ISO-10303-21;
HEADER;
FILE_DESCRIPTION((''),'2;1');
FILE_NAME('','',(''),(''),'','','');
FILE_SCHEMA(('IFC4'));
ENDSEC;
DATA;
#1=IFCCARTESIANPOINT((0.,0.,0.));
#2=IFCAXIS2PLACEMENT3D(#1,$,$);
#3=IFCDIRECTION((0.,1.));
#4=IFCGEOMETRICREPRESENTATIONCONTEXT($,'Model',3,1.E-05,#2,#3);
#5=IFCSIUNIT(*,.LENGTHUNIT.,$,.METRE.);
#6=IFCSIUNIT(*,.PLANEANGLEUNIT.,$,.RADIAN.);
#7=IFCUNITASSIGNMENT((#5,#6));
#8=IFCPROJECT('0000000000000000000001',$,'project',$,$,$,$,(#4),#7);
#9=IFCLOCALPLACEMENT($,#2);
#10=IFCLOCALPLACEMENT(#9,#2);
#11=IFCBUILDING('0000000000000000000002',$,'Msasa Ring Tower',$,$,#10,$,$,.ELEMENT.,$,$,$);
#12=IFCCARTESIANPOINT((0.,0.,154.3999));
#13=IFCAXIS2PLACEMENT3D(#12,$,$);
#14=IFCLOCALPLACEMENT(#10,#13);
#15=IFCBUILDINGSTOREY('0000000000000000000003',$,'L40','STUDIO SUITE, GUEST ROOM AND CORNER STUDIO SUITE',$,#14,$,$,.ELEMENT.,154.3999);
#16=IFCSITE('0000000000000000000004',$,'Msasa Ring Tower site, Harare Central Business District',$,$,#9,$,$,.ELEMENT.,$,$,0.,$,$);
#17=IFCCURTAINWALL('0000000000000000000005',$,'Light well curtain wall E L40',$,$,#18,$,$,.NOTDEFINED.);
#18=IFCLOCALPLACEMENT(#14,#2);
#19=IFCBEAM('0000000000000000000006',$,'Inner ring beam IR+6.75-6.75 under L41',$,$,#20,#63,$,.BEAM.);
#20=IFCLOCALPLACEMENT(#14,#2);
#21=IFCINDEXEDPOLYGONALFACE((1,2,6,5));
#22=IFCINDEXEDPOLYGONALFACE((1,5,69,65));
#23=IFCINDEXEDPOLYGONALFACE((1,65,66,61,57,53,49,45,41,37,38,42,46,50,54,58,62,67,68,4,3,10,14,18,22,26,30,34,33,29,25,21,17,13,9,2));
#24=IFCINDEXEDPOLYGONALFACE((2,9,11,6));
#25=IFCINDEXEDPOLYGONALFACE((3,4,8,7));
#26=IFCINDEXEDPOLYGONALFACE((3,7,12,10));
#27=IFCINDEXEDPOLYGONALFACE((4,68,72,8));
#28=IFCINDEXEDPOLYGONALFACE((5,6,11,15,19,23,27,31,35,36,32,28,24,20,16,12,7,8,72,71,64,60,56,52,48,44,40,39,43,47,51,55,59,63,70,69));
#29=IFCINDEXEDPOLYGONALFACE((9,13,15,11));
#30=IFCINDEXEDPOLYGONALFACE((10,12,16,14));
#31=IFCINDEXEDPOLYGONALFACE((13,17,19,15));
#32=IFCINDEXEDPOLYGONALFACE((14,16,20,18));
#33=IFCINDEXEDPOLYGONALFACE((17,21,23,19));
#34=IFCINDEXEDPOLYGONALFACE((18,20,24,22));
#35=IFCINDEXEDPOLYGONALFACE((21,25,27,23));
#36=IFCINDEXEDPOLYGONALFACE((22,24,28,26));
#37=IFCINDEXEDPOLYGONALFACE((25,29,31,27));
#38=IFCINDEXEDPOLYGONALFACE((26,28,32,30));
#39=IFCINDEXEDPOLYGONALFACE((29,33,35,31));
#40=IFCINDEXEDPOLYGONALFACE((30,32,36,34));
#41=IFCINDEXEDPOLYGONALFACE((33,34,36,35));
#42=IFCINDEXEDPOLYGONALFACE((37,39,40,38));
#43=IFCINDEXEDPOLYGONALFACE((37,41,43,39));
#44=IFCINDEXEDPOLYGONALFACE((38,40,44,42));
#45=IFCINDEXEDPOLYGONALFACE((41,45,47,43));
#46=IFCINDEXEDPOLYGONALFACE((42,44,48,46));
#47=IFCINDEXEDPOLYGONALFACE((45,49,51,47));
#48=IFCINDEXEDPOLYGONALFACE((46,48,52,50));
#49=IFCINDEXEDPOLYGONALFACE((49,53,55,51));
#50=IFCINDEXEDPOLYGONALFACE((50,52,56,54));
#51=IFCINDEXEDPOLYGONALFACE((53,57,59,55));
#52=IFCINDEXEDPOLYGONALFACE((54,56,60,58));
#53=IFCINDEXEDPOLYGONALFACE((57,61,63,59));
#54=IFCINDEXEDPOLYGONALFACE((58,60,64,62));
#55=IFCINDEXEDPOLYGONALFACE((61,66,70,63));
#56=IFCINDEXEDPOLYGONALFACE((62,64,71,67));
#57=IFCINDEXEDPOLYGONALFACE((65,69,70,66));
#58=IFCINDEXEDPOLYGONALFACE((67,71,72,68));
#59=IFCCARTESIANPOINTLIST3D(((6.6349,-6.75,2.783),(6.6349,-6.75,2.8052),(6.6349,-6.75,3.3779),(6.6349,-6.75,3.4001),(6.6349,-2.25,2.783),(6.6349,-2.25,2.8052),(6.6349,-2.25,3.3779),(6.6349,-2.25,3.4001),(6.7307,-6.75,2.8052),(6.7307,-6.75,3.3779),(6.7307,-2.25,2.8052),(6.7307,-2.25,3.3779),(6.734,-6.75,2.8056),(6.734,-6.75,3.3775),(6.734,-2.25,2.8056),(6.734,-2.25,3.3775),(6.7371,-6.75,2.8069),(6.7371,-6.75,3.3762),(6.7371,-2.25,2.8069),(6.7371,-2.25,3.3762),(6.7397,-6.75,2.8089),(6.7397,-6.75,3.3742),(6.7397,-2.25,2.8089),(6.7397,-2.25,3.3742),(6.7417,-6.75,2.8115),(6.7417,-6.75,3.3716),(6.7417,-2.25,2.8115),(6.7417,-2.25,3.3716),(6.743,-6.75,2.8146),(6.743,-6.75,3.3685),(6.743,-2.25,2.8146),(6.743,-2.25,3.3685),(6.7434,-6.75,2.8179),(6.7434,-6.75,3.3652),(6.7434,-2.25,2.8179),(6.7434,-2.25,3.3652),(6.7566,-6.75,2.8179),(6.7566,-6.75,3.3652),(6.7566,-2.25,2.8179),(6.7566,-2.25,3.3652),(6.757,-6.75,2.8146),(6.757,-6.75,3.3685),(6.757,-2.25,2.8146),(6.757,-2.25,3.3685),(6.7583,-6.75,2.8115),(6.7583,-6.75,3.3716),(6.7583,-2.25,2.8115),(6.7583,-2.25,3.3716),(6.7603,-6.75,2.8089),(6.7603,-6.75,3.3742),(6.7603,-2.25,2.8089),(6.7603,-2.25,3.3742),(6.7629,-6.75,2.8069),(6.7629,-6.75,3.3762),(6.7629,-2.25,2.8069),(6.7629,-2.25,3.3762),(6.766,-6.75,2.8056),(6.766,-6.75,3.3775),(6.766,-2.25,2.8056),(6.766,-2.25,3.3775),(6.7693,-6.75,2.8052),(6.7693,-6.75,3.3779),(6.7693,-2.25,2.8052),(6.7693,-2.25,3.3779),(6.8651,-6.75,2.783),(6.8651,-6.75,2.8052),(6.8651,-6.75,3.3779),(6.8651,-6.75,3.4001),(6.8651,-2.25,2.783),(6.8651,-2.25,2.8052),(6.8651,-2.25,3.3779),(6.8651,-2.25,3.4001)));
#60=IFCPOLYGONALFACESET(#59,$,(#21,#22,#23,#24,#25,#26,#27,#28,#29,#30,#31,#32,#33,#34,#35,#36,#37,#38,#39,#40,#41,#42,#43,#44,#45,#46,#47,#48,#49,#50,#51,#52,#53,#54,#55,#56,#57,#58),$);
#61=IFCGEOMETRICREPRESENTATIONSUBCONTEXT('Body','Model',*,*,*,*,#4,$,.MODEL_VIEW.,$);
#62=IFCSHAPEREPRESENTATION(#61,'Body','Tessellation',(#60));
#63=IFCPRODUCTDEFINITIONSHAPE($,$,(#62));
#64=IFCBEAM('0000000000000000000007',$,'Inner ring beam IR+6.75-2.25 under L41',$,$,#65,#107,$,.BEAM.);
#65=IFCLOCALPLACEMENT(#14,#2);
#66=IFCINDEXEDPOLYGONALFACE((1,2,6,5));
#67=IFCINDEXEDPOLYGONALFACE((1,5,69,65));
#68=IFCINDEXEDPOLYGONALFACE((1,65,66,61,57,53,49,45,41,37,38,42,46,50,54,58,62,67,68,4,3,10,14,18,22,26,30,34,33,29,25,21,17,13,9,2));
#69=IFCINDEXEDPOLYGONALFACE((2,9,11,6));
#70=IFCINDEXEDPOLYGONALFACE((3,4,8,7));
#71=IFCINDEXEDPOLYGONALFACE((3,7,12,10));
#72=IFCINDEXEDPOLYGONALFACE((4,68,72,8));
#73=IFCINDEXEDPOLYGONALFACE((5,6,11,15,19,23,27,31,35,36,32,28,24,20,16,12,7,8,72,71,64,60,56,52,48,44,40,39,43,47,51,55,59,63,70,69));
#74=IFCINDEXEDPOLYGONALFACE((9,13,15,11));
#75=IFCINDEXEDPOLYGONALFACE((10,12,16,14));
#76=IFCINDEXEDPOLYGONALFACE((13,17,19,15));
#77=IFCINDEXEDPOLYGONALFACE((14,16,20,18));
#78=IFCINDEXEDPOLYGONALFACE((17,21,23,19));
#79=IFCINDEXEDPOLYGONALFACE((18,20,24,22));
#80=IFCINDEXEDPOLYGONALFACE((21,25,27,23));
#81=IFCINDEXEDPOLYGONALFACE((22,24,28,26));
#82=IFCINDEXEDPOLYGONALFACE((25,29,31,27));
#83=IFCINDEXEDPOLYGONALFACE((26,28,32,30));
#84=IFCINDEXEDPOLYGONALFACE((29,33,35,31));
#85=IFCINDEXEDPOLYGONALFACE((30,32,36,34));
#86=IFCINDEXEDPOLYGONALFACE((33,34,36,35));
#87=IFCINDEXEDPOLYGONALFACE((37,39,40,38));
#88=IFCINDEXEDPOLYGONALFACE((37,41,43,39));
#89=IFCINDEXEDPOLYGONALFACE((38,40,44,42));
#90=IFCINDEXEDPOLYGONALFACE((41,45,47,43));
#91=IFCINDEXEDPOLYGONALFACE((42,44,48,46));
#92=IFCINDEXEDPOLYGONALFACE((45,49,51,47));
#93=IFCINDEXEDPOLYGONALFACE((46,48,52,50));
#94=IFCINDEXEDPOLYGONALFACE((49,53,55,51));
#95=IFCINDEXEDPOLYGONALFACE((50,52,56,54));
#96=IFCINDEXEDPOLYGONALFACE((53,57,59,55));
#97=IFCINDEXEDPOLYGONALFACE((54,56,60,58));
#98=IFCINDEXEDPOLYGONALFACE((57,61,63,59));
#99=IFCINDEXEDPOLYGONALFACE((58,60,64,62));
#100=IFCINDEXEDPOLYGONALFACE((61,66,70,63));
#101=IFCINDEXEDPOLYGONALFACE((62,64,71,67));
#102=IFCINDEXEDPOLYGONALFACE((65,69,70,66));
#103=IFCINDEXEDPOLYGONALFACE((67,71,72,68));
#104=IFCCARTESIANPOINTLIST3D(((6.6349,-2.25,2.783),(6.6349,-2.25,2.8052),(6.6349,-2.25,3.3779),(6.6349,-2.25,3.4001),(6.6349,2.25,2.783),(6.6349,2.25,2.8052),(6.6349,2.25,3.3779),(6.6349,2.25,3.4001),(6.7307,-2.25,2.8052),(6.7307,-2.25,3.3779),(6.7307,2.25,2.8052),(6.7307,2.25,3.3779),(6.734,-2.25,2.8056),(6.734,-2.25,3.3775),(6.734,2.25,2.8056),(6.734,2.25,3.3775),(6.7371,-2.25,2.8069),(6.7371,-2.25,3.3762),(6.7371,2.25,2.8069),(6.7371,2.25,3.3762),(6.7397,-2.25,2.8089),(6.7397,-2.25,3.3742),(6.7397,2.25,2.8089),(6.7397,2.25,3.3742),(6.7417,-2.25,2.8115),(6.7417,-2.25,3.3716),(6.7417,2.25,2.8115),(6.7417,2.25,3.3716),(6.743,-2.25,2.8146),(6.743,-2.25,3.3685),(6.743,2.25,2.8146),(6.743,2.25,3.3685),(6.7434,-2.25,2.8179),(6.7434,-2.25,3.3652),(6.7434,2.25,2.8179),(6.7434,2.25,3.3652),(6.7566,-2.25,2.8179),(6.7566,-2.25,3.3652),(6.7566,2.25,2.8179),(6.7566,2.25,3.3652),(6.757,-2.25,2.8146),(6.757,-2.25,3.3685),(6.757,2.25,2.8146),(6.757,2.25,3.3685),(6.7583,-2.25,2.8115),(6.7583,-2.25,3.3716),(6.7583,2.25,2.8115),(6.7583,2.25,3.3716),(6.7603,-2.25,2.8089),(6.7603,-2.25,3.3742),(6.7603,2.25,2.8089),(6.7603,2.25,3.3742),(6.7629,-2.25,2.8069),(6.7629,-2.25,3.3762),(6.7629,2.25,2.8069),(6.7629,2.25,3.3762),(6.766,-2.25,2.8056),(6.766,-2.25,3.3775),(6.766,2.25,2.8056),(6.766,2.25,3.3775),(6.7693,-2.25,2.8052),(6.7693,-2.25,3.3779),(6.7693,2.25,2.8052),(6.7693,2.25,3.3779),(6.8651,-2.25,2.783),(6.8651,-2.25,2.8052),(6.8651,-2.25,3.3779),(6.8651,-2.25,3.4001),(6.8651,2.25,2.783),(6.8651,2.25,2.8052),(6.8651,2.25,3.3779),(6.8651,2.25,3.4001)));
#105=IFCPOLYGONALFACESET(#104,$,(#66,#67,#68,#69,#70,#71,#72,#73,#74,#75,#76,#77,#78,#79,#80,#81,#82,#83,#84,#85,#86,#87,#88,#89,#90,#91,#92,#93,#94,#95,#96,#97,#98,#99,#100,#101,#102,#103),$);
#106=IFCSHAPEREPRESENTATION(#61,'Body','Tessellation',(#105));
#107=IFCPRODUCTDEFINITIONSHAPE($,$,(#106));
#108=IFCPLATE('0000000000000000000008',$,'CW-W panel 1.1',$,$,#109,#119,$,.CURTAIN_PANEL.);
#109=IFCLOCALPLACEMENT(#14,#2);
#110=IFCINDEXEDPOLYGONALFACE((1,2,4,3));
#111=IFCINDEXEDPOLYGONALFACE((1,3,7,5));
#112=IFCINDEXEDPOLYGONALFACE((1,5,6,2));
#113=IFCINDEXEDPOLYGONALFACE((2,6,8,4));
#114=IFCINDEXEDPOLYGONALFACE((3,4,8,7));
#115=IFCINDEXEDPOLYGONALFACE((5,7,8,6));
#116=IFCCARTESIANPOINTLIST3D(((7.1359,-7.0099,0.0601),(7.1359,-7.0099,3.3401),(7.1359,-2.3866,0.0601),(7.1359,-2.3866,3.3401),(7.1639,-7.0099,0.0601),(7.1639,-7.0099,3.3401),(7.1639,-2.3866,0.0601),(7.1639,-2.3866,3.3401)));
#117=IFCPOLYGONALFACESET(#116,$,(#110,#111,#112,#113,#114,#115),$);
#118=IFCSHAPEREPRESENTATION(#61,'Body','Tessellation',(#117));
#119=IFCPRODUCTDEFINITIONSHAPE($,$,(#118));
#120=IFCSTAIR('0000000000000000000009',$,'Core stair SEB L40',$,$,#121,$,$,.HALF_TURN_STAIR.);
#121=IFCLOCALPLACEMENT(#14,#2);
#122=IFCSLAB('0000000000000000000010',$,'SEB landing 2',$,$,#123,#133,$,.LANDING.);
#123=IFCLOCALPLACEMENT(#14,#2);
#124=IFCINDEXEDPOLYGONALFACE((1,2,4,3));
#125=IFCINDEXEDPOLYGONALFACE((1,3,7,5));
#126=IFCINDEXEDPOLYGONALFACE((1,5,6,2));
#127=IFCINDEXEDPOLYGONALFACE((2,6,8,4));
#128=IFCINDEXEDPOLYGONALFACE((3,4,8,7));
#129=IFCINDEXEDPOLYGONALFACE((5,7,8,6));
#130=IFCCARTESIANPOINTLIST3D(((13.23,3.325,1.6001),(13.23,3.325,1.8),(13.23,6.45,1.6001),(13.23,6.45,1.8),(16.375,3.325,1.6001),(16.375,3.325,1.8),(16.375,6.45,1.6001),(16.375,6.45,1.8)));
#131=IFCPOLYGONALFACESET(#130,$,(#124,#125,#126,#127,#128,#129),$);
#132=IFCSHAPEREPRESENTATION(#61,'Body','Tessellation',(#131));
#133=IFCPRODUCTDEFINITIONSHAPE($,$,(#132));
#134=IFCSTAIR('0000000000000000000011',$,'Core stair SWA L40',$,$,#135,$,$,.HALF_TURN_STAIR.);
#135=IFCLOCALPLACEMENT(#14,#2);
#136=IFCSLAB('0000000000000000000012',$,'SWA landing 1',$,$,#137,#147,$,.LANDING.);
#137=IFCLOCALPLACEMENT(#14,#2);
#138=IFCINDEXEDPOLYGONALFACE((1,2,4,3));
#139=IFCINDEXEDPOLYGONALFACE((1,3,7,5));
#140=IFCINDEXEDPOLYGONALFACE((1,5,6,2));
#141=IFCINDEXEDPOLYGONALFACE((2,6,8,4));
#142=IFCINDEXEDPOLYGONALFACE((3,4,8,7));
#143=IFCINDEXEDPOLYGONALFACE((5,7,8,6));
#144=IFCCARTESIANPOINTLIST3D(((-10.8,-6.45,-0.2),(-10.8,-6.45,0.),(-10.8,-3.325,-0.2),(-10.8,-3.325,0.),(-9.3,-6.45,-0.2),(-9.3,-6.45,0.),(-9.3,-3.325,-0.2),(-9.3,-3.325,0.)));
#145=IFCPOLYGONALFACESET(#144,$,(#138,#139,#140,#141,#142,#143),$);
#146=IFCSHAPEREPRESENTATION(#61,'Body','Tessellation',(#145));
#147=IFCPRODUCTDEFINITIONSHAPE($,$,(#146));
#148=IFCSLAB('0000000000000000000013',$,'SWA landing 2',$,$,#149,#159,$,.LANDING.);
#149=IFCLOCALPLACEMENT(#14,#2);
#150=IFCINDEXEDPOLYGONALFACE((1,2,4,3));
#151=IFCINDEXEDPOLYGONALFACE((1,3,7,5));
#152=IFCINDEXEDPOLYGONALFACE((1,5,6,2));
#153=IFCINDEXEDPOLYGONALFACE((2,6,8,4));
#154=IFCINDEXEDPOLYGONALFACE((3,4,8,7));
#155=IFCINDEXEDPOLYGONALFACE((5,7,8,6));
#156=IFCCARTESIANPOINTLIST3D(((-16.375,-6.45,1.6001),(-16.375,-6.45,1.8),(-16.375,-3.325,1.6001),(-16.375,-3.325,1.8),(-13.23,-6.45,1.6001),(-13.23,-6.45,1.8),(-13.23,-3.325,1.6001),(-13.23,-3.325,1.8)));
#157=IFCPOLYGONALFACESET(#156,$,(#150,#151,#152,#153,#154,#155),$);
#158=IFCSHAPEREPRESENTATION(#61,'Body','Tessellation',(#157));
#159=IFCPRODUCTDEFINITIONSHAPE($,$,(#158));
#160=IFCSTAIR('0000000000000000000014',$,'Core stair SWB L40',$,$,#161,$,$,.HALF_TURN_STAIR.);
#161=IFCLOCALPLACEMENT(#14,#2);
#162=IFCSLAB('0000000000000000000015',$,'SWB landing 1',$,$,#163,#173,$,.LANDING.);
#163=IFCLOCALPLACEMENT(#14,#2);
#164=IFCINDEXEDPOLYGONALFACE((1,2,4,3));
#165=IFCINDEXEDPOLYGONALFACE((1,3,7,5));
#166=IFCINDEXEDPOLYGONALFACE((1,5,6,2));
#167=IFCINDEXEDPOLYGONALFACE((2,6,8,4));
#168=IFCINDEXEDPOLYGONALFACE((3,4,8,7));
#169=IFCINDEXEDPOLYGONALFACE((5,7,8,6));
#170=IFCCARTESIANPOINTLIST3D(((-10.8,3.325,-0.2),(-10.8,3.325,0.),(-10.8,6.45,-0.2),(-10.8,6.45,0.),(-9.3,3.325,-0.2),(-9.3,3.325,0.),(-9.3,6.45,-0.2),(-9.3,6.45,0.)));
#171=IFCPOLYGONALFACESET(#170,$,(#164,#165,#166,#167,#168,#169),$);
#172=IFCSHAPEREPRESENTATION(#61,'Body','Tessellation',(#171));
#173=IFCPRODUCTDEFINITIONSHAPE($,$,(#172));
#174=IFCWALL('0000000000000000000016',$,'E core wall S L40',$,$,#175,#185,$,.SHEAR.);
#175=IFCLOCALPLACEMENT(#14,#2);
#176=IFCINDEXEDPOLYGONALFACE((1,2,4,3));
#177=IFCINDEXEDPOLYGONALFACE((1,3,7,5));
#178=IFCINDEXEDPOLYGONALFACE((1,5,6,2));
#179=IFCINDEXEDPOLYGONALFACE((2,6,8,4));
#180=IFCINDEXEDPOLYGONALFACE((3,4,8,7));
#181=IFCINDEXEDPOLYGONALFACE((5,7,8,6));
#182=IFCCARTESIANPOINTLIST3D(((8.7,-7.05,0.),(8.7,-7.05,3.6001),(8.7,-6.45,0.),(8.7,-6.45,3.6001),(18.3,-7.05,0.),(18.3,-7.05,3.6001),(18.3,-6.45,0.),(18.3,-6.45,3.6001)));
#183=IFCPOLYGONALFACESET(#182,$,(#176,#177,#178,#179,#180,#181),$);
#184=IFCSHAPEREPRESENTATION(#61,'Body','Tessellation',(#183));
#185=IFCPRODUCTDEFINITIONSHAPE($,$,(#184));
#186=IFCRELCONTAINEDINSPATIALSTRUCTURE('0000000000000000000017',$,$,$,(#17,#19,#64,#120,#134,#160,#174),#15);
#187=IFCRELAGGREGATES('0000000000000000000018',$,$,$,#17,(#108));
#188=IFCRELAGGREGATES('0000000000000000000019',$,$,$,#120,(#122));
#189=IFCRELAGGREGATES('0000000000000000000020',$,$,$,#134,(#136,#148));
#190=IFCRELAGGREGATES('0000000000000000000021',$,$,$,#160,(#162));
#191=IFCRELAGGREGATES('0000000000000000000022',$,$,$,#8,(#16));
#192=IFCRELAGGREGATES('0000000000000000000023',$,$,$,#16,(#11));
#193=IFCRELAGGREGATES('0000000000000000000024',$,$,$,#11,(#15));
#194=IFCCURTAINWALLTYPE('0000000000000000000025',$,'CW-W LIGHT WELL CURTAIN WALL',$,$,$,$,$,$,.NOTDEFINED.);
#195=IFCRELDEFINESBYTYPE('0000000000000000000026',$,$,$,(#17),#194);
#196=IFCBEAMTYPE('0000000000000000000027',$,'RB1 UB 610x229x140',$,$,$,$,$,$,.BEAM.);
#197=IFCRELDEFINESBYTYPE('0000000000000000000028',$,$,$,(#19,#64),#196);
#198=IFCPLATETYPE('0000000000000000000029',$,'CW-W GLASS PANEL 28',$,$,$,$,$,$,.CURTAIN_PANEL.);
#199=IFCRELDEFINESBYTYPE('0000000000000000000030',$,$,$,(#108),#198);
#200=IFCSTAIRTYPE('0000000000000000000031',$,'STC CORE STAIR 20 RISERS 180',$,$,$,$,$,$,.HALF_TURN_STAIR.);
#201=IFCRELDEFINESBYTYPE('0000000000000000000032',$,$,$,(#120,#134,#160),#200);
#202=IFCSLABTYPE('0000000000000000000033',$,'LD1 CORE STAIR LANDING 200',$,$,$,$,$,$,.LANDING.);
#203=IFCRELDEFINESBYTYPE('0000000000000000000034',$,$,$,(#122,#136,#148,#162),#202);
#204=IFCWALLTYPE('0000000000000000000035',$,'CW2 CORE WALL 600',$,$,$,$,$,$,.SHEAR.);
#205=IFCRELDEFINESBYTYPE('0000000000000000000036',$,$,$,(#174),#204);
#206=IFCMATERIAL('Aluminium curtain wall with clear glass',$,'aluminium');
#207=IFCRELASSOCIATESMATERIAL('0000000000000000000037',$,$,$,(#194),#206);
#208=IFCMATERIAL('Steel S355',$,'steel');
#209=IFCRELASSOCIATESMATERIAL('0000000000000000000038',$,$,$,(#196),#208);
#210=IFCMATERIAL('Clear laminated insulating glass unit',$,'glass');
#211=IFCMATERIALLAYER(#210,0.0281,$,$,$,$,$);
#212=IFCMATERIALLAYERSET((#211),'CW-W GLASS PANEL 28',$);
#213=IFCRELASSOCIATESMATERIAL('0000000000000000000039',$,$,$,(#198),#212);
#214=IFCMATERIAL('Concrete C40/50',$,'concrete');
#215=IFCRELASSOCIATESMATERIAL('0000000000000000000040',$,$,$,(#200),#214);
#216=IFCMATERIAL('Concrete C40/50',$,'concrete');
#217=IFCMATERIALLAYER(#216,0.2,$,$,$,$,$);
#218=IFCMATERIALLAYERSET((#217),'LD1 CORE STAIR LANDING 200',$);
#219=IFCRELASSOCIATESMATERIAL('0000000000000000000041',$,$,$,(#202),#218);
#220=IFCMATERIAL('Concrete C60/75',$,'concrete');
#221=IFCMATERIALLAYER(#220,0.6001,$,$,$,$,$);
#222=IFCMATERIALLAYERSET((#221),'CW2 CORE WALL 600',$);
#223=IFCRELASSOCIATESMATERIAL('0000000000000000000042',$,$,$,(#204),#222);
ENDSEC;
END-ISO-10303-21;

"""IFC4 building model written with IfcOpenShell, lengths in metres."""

from ifc_helpers import new_model, si_unit, direction, frame, frame_2d, origin, origin_2d, place, context, subcontext, project, spatial, polyline, rectangle, i_section, outline, extrude, material, layer, layer_set, material_profile, profile_set, type_object, element, aggregate, save


model = new_model("IFC4")

# Units and contexts
model_context = context("Model", 3, precision=1e-05, world=origin(), true_north=direction((0.0, 1.0)))
body_context = subcontext(model_context, "Body", "Model", "MODEL_VIEW")
ifc_project = project(units=[si_unit("LENGTHUNIT", "METRE"), si_unit("PLANEANGLEUNIT", "RADIAN")], contexts=[model_context])

# Site, building, storey
site_placement = place(None, origin())
site = spatial("IfcSite", under=ifc_project, at=site_placement, Name="Msasa Ring Tower site, Harare Central Business District", CompositionType="ELEMENT", RefElevation=0.0)
building_placement = place(site_placement, origin())
building = spatial("IfcBuilding", under=site, at=building_placement, Name="Msasa Ring Tower", CompositionType="ELEMENT")
storey_placement = place(building_placement, frame((0.0, 0.0, 154.3999)))
storey = spatial("IfcBuildingStorey", under=building, at=storey_placement, Name="L40", Description="STUDIO SUITE, GUEST ROOM AND CORNER STUDIO SUITE", CompositionType="ELEMENT", Elevation=154.3999)

# Curtain wall
ifc_material_1 = material(Name="Aluminium curtain wall with clear glass", Category="aluminium")
curtain_wall_type = type_object("IfcCurtainWallType", Name="CW-W LIGHT WELL CURTAIN WALL", PredefinedType="NOTDEFINED", material=ifc_material_1)
curtain_wall_placement = place(storey_placement, origin())
curtain_wall = element("IfcCurtainWall", 1, at=curtain_wall_placement, inside=storey, type_object=curtain_wall_type, Name="Light well curtain wall E L40", PredefinedType="NOTDEFINED")

# Beams
ifc_material_2 = material(Name="Steel S355", Category="steel")
ifc_material_profile_1 = material_profile(ifc_material_2, i_section(OverallWidth=0.2302, OverallDepth=0.6172, WebThickness=0.0132, FlangeThickness=0.0222, FilletRadius=0.0127, at=origin_2d()), Name="UB 610x229x140")
ifc_profile_set_1 = profile_set([ifc_material_profile_1], Name="Steel S355")
beam_type = type_object("IfcBeamType", Name="RB1 UB 610x229x140", PredefinedType="BEAM", material=ifc_profile_set_1)
for number, where, z_axis, x_axis, name in (
    (2, (6.75, -6.75, 3.0916), (0.0, 1.0, 0.0), (-1.0, 0.0, 0.0), "Inner ring beam IR+6.75-6.75 under L41"),
    (3, (6.75, -2.25, 3.0916), (0.0, 1.0, 0.0), (-1.0, 0.0, 0.0), "Inner ring beam IR+6.75-2.25 under L41"),
):
    element("IfcBeam", number, at=place(storey_placement, frame(where, z_axis=z_axis, x_axis=x_axis)), inside=storey, type_object=beam_type, Name=name, PredefinedType="BEAM", context=body_context, shape_type="SweptSolid", body=[
        extrude(i_section(OverallWidth=0.2302, OverallDepth=0.6172, WebThickness=0.0132, FlangeThickness=0.0222, FilletRadius=0.0127, at=origin_2d()), origin(), (0.0, 0.0, 1.0), 4.5),
    ])

# Plate
ifc_material_3 = material(Name="Clear laminated insulating glass unit", Category="glass")
ifc_layer_1 = layer(ifc_material_3, 0.0281)
ifc_layer_set_1 = layer_set([ifc_layer_1], Name="CW-W GLASS PANEL 28")
plate_type = type_object("IfcPlateType", Name="CW-W GLASS PANEL 28", PredefinedType="CURTAIN_PANEL", material=ifc_layer_set_1)
plate_placement = place(storey_placement, frame((7.1499, -4.6982, 0.0601), z_axis=(0.0, 0.0, 1.0), x_axis=(0.0, 1.0, 0.0)))
plate = element("IfcPlate", 4, at=plate_placement, type_object=plate_type, Name="CW-W panel 1.1", PredefinedType="CURTAIN_PANEL", context=body_context, shape_type="SweptSolid", body=[
    extrude(rectangle(XDim=4.6233, YDim=0.0281, at=origin_2d()), origin(), (0.0, 0.0, 1.0), 3.28),
])
aggregate(curtain_wall, [plate])

# Stair, slab
ifc_material_4 = material(Name="Concrete C40/50", Category="concrete")
stair_type = type_object("IfcStairType", Name="STC CORE STAIR 20 RISERS 180", PredefinedType="HALF_TURN_STAIR", material=ifc_material_4)
stair_1_placement = place(storey_placement, origin())
stair_1 = element("IfcStair", 5, at=stair_1_placement, inside=storey, type_object=stair_type, Name="Core stair SEB L40", PredefinedType="HALF_TURN_STAIR")
ifc_material_5 = material(Name="Concrete C40/50", Category="concrete")
ifc_layer_2 = layer(ifc_material_5, 0.2)
ifc_layer_set_2 = layer_set([ifc_layer_2], Name="LD1 CORE STAIR LANDING 200")
slab_type = type_object("IfcSlabType", Name="LD1 CORE STAIR LANDING 200", PredefinedType="LANDING", material=ifc_layer_set_2)
slab_1_placement = place(storey_placement, frame((0.0, 0.0, 1.6001)))
slab_1 = element("IfcSlab", 6, at=slab_1_placement, type_object=slab_type, Name="SEB landing 2", PredefinedType="LANDING", context=body_context, shape_type="SweptSolid", body=[
    extrude(outline(polyline([(13.23, 3.325), (16.375, 3.325), (16.375, 6.45), (13.23, 6.45), (13.23, 3.325)])), origin(), (0.0, 0.0, 1.0), 0.2),
])
aggregate(stair_1, [slab_1])

# Stair, slabs
stair_2_placement = place(storey_placement, origin())
stair_2 = element("IfcStair", 7, at=stair_2_placement, inside=storey, type_object=stair_type, Name="Core stair SWA L40", PredefinedType="HALF_TURN_STAIR")
slab_2_placement = place(storey_placement, frame((0.0, 0.0, -0.2)))
slab_2 = element("IfcSlab", 8, at=slab_2_placement, type_object=slab_type, Name="SWA landing 1", PredefinedType="LANDING", context=body_context, shape_type="SweptSolid", body=[
    extrude(outline(polyline([(-10.8, -6.45), (-9.3, -6.45), (-9.3, -3.325), (-10.8, -3.325), (-10.8, -6.45)])), origin(), (0.0, 0.0, 1.0), 0.2),
])
slab_3_placement = place(storey_placement, frame((0.0, 0.0, 1.6001)))
slab_3 = element("IfcSlab", 9, at=slab_3_placement, type_object=slab_type, Name="SWA landing 2", PredefinedType="LANDING", context=body_context, shape_type="SweptSolid", body=[
    extrude(outline(polyline([(-16.375, -6.45), (-13.23, -6.45), (-13.23, -3.325), (-16.375, -3.325), (-16.375, -6.45)])), origin(), (0.0, 0.0, 1.0), 0.2),
])
aggregate(stair_2, [slab_2, slab_3])

# Stair, slab
stair_3_placement = place(storey_placement, origin())
stair_3 = element("IfcStair", 10, at=stair_3_placement, inside=storey, type_object=stair_type, Name="Core stair SWB L40", PredefinedType="HALF_TURN_STAIR")
slab_4_placement = place(storey_placement, frame((0.0, 0.0, -0.2)))
slab_4 = element("IfcSlab", 11, at=slab_4_placement, type_object=slab_type, Name="SWB landing 1", PredefinedType="LANDING", context=body_context, shape_type="SweptSolid", body=[
    extrude(outline(polyline([(-10.8, 3.325), (-9.3, 3.325), (-9.3, 6.45), (-10.8, 6.45), (-10.8, 3.325)])), origin(), (0.0, 0.0, 1.0), 0.2),
])
aggregate(stair_3, [slab_4])

# Wall
ifc_material_6 = material(Name="Concrete C60/75", Category="concrete")
ifc_layer_3 = layer(ifc_material_6, 0.6001)
ifc_layer_set_3 = layer_set([ifc_layer_3], Name="CW2 CORE WALL 600")
wall_type_1 = type_object("IfcWallType", Name="CW2 CORE WALL 600", PredefinedType="SHEAR", material=ifc_layer_set_3)
wall_1_placement = place(storey_placement, frame((8.7, -6.75, 0.0), z_axis=(0.0, 0.0, 1.0), x_axis=(1.0, 0.0, 0.0)))
element("IfcWall", 12, at=wall_1_placement, inside=storey, type_object=wall_type_1, Name="E core wall S L40", PredefinedType="SHEAR", context=body_context, shape_type="SweptSolid", body=[
    extrude(rectangle(XDim=9.6001, YDim=0.6001, at=frame_2d((4.8, 0.0))), origin(), (0.0, 0.0, 1.0), 3.6001),
])

save(model, "model.ifc")
